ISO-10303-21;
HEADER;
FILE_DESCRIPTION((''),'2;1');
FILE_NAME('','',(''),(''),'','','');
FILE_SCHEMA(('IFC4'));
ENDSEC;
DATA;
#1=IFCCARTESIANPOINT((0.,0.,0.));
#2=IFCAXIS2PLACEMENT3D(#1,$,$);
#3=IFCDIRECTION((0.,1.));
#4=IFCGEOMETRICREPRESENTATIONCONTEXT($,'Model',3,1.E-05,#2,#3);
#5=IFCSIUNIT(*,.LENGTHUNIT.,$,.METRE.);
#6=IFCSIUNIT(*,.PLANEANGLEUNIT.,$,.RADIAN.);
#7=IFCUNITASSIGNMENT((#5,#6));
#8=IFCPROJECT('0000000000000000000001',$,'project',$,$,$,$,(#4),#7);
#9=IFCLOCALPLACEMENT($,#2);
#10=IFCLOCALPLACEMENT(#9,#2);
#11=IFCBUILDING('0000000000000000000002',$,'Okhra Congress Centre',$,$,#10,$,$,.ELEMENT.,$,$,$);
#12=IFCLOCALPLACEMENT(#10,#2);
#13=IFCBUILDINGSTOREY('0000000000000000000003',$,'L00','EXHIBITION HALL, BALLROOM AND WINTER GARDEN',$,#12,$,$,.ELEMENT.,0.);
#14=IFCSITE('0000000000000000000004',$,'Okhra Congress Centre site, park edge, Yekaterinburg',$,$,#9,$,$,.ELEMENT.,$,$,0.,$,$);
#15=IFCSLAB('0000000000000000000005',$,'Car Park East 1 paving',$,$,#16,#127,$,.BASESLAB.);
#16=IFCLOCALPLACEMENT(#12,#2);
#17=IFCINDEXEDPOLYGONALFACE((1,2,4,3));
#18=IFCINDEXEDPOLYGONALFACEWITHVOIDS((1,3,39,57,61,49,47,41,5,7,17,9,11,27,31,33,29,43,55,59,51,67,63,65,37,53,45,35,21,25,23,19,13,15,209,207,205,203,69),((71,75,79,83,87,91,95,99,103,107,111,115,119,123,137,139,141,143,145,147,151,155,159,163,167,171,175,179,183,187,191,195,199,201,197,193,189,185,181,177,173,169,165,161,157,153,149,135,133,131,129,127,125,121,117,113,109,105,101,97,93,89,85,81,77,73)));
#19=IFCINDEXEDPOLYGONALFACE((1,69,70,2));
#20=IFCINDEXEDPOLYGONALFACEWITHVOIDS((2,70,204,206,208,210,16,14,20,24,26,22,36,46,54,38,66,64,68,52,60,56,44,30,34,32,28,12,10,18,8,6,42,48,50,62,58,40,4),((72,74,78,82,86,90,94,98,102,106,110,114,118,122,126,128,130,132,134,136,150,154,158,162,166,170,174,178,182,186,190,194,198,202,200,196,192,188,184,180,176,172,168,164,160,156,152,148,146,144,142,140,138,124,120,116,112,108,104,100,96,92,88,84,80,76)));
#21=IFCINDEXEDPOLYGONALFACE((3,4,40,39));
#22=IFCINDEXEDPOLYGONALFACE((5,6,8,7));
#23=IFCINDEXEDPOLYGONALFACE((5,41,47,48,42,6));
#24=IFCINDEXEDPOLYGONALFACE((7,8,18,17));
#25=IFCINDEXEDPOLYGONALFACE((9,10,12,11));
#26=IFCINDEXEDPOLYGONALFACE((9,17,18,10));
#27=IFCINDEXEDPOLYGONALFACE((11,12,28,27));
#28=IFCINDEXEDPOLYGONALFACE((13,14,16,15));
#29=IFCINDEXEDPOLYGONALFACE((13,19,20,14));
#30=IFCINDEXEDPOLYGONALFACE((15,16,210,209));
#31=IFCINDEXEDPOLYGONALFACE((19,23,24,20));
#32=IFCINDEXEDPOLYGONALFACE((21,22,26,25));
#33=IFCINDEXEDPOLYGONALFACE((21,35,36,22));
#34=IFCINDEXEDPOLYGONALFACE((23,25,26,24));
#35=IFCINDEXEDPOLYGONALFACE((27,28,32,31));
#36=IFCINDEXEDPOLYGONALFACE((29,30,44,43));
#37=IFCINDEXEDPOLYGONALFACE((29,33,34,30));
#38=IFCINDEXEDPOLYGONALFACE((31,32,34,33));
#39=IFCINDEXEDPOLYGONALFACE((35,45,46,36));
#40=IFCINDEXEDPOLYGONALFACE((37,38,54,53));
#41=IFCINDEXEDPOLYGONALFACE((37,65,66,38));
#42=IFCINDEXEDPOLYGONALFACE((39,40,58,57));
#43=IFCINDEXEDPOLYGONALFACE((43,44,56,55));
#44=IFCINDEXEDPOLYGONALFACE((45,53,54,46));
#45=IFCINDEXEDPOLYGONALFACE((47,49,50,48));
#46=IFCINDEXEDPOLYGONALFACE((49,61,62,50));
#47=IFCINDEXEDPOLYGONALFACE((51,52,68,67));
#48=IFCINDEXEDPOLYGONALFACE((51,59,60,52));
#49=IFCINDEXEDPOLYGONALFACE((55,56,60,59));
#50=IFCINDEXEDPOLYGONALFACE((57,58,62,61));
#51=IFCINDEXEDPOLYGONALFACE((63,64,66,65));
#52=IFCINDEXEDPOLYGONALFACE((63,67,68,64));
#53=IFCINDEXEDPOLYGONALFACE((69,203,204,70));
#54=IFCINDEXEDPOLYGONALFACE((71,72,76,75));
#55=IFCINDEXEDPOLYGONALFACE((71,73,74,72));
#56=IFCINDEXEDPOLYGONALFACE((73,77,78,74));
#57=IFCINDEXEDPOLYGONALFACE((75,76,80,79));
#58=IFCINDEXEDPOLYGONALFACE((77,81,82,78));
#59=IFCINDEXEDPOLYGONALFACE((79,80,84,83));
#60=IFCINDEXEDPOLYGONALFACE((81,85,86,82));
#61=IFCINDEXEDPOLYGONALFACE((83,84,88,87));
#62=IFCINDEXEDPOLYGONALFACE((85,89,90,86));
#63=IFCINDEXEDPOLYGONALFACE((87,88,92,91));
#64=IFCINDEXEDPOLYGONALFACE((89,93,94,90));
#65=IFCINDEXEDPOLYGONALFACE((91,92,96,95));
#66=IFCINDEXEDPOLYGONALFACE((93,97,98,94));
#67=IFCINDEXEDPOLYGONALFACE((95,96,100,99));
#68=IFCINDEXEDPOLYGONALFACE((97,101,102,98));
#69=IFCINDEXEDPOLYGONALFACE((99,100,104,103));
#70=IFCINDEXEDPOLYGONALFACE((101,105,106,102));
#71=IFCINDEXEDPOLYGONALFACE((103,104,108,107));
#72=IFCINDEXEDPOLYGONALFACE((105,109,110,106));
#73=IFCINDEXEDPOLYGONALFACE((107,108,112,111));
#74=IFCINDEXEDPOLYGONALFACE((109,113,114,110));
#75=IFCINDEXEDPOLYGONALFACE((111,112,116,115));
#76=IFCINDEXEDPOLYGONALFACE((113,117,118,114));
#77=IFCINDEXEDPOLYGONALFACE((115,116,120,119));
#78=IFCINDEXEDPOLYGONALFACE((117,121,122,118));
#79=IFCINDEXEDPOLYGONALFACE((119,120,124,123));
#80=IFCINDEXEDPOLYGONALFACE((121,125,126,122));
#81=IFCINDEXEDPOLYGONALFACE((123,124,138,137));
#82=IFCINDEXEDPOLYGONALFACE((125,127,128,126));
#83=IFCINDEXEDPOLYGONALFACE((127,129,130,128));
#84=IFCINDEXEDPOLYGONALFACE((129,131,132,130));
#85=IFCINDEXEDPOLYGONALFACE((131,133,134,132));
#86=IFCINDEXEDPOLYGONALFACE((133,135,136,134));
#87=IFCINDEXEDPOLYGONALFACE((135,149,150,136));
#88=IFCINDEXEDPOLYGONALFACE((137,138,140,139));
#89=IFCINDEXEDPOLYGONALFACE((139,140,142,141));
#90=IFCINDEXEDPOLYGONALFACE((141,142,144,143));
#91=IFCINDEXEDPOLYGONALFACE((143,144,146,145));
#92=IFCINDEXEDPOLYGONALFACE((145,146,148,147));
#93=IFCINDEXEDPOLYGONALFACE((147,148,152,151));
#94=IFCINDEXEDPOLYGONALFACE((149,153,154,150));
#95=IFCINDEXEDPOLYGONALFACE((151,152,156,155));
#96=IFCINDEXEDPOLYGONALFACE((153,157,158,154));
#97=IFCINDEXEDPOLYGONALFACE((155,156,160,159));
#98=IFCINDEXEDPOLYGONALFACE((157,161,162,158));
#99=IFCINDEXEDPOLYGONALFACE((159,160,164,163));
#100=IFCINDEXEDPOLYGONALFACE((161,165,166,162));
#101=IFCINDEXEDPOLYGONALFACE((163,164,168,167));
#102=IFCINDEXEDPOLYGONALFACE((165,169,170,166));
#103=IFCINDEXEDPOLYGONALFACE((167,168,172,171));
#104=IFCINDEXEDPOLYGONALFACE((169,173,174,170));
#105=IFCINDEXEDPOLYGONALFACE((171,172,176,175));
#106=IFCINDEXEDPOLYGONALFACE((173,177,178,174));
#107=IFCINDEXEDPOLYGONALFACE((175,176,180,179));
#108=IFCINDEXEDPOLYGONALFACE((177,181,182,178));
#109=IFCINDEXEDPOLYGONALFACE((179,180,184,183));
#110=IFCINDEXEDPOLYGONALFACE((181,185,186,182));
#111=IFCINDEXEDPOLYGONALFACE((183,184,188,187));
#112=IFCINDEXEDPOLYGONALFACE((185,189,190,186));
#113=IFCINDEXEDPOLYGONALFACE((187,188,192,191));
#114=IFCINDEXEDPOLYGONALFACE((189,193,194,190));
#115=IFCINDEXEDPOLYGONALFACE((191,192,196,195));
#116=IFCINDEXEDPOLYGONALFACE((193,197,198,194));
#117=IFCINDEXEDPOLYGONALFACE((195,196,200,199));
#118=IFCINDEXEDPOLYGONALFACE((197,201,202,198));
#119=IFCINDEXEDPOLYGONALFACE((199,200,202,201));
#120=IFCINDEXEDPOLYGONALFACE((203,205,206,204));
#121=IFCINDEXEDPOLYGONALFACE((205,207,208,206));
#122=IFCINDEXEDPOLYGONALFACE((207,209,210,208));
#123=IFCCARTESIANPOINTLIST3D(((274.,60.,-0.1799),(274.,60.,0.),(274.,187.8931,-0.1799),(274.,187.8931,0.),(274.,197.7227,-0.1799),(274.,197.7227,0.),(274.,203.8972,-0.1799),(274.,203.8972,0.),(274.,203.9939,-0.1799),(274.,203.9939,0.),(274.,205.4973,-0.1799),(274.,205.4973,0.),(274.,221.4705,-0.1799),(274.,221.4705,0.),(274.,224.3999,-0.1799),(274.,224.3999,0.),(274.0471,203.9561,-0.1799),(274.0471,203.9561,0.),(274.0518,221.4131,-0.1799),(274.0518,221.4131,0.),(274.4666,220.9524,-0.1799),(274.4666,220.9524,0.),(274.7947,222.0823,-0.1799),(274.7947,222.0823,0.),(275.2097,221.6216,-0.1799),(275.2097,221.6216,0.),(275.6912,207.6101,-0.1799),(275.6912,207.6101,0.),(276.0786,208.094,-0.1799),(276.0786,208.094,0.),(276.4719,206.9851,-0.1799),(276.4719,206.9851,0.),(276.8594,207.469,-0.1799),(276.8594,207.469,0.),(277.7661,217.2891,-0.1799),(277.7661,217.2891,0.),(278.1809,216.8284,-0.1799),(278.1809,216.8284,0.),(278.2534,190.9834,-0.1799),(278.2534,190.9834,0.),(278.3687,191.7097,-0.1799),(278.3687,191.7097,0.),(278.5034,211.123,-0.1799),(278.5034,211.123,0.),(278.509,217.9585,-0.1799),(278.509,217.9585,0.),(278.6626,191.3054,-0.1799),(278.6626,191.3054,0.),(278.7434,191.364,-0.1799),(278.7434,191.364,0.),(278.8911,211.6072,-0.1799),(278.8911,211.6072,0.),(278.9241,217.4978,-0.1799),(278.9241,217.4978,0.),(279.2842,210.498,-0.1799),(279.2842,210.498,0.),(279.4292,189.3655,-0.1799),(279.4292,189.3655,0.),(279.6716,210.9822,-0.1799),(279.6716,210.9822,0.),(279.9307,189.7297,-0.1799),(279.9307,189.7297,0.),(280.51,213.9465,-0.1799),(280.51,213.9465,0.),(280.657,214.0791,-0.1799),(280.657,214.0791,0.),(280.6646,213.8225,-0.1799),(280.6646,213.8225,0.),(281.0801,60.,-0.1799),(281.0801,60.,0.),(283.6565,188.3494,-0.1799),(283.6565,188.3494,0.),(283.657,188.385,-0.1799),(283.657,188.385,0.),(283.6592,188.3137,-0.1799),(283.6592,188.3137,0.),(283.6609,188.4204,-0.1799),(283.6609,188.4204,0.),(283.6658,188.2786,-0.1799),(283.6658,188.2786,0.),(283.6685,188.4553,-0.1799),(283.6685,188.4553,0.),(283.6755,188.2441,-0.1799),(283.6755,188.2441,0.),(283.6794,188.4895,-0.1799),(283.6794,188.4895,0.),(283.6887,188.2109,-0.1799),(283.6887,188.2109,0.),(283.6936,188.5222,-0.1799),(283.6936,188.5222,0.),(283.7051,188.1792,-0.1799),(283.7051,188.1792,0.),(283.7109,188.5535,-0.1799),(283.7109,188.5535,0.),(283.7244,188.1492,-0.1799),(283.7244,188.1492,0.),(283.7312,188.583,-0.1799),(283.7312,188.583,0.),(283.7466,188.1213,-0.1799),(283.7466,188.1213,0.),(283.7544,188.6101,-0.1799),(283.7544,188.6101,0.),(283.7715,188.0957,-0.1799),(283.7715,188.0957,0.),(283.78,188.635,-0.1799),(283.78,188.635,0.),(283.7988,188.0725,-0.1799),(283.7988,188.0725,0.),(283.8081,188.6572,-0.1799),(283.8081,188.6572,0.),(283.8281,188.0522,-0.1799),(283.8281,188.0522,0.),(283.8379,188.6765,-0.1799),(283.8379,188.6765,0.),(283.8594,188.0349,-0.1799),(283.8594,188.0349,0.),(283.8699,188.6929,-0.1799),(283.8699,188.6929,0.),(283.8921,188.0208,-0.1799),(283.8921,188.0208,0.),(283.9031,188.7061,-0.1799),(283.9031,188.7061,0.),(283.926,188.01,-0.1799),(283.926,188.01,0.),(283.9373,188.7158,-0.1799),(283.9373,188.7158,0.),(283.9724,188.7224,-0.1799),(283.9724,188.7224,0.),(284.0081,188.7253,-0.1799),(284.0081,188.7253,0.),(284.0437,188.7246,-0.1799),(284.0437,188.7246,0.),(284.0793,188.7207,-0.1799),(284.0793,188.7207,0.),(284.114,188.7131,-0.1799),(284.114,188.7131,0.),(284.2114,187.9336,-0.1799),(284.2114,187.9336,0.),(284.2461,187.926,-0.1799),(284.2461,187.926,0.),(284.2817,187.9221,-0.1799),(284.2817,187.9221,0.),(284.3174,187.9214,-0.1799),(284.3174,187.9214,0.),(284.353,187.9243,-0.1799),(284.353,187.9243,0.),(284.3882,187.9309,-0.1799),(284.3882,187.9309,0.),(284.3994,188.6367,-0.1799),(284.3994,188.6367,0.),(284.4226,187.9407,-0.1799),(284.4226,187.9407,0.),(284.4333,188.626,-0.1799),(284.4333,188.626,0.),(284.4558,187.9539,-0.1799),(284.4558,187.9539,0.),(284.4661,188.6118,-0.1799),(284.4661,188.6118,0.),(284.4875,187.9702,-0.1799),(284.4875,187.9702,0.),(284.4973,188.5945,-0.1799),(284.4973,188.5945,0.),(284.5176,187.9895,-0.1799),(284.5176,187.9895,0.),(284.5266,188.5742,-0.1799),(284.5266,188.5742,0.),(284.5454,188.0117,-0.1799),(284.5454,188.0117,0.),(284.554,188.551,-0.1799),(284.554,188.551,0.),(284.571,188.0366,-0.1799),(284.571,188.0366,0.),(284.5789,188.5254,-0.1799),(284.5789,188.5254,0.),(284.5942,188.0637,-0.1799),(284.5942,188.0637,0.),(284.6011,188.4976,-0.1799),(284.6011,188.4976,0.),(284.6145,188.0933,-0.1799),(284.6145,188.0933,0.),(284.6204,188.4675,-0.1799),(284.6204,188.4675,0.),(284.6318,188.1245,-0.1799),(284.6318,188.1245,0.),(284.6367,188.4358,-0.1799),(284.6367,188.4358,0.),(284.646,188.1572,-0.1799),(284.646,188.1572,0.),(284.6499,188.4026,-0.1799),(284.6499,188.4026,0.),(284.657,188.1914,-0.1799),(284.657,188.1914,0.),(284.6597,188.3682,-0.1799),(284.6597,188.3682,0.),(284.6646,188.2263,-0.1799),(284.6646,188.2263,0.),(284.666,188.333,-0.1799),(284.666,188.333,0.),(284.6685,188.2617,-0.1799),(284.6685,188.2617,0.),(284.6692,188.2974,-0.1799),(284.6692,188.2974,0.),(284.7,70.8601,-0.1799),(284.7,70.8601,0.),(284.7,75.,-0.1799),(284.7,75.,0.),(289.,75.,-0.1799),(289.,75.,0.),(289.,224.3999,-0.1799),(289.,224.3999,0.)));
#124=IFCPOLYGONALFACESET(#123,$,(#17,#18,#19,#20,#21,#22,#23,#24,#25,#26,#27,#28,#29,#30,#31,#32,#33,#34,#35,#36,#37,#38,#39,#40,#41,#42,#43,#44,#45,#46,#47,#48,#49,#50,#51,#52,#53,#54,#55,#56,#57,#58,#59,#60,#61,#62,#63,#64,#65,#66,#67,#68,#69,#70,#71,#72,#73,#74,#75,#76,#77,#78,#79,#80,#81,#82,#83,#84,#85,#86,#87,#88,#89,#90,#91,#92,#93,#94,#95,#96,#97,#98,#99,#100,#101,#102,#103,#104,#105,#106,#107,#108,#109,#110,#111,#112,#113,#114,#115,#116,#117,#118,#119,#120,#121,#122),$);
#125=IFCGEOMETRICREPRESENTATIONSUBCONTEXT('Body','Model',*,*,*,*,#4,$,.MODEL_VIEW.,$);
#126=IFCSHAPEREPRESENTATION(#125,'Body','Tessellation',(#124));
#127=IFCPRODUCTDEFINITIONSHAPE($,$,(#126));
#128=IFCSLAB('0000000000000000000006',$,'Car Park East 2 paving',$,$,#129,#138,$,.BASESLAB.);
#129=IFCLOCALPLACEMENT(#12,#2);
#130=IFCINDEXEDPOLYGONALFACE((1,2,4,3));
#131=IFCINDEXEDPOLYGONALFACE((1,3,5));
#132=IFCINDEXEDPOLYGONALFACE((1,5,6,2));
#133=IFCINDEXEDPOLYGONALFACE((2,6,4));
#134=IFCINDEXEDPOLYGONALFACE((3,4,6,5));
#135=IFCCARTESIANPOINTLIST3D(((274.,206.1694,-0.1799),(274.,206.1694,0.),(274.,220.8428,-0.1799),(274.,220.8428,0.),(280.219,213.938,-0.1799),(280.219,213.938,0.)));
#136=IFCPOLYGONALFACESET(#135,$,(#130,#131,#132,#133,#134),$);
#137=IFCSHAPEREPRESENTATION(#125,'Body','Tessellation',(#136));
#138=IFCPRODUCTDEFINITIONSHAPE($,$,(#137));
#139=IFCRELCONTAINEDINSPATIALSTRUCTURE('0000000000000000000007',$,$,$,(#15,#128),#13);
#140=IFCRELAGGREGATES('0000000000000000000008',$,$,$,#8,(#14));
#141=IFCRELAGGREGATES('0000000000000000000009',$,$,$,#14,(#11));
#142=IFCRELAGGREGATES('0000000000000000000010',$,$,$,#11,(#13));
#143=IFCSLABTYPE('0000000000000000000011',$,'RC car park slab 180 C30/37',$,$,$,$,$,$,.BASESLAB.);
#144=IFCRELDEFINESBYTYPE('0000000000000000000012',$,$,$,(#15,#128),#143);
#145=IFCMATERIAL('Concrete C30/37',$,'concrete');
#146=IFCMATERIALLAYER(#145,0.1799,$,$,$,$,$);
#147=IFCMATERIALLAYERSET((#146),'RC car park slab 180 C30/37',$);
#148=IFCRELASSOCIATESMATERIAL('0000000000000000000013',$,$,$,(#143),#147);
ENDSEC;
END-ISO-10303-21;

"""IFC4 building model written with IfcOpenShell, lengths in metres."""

from ifc_helpers import new_model, si_unit, direction, frame, origin, place, context, subcontext, project, spatial, polyline, outline, extrude, material, layer, layer_set, type_object, element, save


model = new_model("IFC4")

# Units and contexts
model_context = context("Model", 3, precision=1e-05, world=origin(), true_north=direction((0.0, 1.0)))
body_context = subcontext(model_context, "Body", "Model", "MODEL_VIEW")
ifc_project = project(units=[si_unit("LENGTHUNIT", "METRE"), si_unit("PLANEANGLEUNIT", "RADIAN")], contexts=[model_context])

# Site, building, storey
site_placement = place(None, origin())
site = spatial("IfcSite", under=ifc_project, at=site_placement, Name="Okhra Congress Centre site, park edge, Yekaterinburg", CompositionType="ELEMENT", RefElevation=0.0)
building_placement = place(site_placement, origin())
building = spatial("IfcBuilding", under=site, at=building_placement, Name="Okhra Congress Centre", CompositionType="ELEMENT")
storey_placement = place(building_placement, origin())
storey = spatial("IfcBuildingStorey", under=building, at=storey_placement, Name="L00", Description="EXHIBITION HALL, BALLROOM AND WINTER GARDEN", CompositionType="ELEMENT", Elevation=0.0)

# Slabs
ifc_material = material(Name="Concrete C30/37", Category="concrete")
ifc_layer_1 = layer(ifc_material, 0.1799)
ifc_layer_set_1 = layer_set([ifc_layer_1], Name="RC car park slab 180 C30/37")
slab_type_1 = type_object("IfcSlabType", Name="RC car park slab 180 C30/37", PredefinedType="BASESLAB", material=ifc_layer_set_1)
slab_1_placement = place(storey_placement, frame((0.0, 0.0, -0.1799)))
element("IfcSlab", 1, at=slab_1_placement, inside=storey, type_object=slab_type_1, Name="Car Park East 1 paving", PredefinedType="BASESLAB", context=body_context, shape_type="SweptSolid", body=[
    extrude(outline(polyline([(278.2534, 190.9834), (274.0, 187.8931), (274.0, 60.0), (281.0801, 60.0), (284.7, 70.8601), (284.7, 75.0), (289.0, 75.0), (289.0, 224.3999), (274.0, 224.3999), (274.0, 221.4705), (274.0518, 221.4131), (274.7947, 222.0823), (275.2097, 221.6216), (274.4666, 220.9524), (277.7661, 217.2891), (278.509, 217.9585), (278.9241, 217.4978), (278.1809, 216.8284), (280.657, 214.0791), (280.51, 213.9465), (280.6646, 213.8225), (278.8911, 211.6072), (279.6716, 210.9822), (279.2842, 210.498), (278.5034, 211.123), (276.0786, 208.094), (276.8594, 207.469), (276.4719, 206.9851), (275.6912, 207.6101), (274.0, 205.4973), (274.0, 203.9939), (274.0471, 203.9561), (274.0, 203.8972), (274.0, 197.7227), (278.3687, 191.7097), (278.6626, 191.3054), (278.7434, 191.364), (279.9307, 189.7297), (279.4292, 189.3655), (278.2534, 190.9834)]), holes=[polyline([(283.7244, 188.1492), (283.7466, 188.1213), (283.7715, 188.0957), (283.7988, 188.0725), (283.8281, 188.0522), (283.8594, 188.0349), (283.8921, 188.0208), (283.926, 188.01), (284.2114, 187.9336), (284.2461, 187.926), (284.2817, 187.9221), (284.3174, 187.9214), (284.353, 187.9243), (284.3882, 187.9309), (284.4226, 187.9407), (284.4558, 187.9539), (284.4875, 187.9702), (284.5176, 187.9895), (284.5454, 188.0117), (284.571, 188.0366), (284.5942, 188.0637), (284.6145, 188.0933), (284.6318, 188.1245), (284.646, 188.1572), (284.657, 188.1914), (284.6646, 188.2263), (284.6685, 188.2617), (284.6692, 188.2974), (284.666, 188.333), (284.6597, 188.3682), (284.6499, 188.4026), (284.6367, 188.4358), (284.6204, 188.4675), (284.6011, 188.4976), (284.5789, 188.5254), (284.554, 188.551), (284.5266, 188.5742), (284.4973, 188.5945), (284.4661, 188.6118), (284.4333, 188.626), (284.3994, 188.6367), (284.114, 188.7131), (284.0793, 188.7207), (284.0437, 188.7246), (284.0081, 188.7253), (283.9724, 188.7224), (283.9373, 188.7158), (283.9031, 188.7061), (283.8699, 188.6929), (283.8379, 188.6765), (283.8081, 188.6572), (283.78, 188.635), (283.7544, 188.6101), (283.7312, 188.583), (283.7109, 188.5535), (283.6936, 188.5222), (283.6794, 188.4895), (283.6685, 188.4553), (283.6609, 188.4204), (283.657, 188.385), (283.6565, 188.3494), (283.6592, 188.3137), (283.6658, 188.2786), (283.6755, 188.2441), (283.6887, 188.2109), (283.7051, 188.1792), (283.7244, 188.1492)])]), origin(), (0.0, 0.0, 1.0), 0.1799),
])
slab_2_placement = place(storey_placement, frame((0.0, 0.0, -0.1799)))
element("IfcSlab", 2, at=slab_2_placement, inside=storey, type_object=slab_type_1, Name="Car Park East 2 paving", PredefinedType="BASESLAB", context=body_context, shape_type="SweptSolid", body=[
    extrude(outline(polyline([(280.219, 213.938), (274.0, 220.8428), (274.0, 206.1694), (280.219, 213.938)])), origin(), (0.0, 0.0, 1.0), 0.1799),
])

save(model, "model.ifc")
